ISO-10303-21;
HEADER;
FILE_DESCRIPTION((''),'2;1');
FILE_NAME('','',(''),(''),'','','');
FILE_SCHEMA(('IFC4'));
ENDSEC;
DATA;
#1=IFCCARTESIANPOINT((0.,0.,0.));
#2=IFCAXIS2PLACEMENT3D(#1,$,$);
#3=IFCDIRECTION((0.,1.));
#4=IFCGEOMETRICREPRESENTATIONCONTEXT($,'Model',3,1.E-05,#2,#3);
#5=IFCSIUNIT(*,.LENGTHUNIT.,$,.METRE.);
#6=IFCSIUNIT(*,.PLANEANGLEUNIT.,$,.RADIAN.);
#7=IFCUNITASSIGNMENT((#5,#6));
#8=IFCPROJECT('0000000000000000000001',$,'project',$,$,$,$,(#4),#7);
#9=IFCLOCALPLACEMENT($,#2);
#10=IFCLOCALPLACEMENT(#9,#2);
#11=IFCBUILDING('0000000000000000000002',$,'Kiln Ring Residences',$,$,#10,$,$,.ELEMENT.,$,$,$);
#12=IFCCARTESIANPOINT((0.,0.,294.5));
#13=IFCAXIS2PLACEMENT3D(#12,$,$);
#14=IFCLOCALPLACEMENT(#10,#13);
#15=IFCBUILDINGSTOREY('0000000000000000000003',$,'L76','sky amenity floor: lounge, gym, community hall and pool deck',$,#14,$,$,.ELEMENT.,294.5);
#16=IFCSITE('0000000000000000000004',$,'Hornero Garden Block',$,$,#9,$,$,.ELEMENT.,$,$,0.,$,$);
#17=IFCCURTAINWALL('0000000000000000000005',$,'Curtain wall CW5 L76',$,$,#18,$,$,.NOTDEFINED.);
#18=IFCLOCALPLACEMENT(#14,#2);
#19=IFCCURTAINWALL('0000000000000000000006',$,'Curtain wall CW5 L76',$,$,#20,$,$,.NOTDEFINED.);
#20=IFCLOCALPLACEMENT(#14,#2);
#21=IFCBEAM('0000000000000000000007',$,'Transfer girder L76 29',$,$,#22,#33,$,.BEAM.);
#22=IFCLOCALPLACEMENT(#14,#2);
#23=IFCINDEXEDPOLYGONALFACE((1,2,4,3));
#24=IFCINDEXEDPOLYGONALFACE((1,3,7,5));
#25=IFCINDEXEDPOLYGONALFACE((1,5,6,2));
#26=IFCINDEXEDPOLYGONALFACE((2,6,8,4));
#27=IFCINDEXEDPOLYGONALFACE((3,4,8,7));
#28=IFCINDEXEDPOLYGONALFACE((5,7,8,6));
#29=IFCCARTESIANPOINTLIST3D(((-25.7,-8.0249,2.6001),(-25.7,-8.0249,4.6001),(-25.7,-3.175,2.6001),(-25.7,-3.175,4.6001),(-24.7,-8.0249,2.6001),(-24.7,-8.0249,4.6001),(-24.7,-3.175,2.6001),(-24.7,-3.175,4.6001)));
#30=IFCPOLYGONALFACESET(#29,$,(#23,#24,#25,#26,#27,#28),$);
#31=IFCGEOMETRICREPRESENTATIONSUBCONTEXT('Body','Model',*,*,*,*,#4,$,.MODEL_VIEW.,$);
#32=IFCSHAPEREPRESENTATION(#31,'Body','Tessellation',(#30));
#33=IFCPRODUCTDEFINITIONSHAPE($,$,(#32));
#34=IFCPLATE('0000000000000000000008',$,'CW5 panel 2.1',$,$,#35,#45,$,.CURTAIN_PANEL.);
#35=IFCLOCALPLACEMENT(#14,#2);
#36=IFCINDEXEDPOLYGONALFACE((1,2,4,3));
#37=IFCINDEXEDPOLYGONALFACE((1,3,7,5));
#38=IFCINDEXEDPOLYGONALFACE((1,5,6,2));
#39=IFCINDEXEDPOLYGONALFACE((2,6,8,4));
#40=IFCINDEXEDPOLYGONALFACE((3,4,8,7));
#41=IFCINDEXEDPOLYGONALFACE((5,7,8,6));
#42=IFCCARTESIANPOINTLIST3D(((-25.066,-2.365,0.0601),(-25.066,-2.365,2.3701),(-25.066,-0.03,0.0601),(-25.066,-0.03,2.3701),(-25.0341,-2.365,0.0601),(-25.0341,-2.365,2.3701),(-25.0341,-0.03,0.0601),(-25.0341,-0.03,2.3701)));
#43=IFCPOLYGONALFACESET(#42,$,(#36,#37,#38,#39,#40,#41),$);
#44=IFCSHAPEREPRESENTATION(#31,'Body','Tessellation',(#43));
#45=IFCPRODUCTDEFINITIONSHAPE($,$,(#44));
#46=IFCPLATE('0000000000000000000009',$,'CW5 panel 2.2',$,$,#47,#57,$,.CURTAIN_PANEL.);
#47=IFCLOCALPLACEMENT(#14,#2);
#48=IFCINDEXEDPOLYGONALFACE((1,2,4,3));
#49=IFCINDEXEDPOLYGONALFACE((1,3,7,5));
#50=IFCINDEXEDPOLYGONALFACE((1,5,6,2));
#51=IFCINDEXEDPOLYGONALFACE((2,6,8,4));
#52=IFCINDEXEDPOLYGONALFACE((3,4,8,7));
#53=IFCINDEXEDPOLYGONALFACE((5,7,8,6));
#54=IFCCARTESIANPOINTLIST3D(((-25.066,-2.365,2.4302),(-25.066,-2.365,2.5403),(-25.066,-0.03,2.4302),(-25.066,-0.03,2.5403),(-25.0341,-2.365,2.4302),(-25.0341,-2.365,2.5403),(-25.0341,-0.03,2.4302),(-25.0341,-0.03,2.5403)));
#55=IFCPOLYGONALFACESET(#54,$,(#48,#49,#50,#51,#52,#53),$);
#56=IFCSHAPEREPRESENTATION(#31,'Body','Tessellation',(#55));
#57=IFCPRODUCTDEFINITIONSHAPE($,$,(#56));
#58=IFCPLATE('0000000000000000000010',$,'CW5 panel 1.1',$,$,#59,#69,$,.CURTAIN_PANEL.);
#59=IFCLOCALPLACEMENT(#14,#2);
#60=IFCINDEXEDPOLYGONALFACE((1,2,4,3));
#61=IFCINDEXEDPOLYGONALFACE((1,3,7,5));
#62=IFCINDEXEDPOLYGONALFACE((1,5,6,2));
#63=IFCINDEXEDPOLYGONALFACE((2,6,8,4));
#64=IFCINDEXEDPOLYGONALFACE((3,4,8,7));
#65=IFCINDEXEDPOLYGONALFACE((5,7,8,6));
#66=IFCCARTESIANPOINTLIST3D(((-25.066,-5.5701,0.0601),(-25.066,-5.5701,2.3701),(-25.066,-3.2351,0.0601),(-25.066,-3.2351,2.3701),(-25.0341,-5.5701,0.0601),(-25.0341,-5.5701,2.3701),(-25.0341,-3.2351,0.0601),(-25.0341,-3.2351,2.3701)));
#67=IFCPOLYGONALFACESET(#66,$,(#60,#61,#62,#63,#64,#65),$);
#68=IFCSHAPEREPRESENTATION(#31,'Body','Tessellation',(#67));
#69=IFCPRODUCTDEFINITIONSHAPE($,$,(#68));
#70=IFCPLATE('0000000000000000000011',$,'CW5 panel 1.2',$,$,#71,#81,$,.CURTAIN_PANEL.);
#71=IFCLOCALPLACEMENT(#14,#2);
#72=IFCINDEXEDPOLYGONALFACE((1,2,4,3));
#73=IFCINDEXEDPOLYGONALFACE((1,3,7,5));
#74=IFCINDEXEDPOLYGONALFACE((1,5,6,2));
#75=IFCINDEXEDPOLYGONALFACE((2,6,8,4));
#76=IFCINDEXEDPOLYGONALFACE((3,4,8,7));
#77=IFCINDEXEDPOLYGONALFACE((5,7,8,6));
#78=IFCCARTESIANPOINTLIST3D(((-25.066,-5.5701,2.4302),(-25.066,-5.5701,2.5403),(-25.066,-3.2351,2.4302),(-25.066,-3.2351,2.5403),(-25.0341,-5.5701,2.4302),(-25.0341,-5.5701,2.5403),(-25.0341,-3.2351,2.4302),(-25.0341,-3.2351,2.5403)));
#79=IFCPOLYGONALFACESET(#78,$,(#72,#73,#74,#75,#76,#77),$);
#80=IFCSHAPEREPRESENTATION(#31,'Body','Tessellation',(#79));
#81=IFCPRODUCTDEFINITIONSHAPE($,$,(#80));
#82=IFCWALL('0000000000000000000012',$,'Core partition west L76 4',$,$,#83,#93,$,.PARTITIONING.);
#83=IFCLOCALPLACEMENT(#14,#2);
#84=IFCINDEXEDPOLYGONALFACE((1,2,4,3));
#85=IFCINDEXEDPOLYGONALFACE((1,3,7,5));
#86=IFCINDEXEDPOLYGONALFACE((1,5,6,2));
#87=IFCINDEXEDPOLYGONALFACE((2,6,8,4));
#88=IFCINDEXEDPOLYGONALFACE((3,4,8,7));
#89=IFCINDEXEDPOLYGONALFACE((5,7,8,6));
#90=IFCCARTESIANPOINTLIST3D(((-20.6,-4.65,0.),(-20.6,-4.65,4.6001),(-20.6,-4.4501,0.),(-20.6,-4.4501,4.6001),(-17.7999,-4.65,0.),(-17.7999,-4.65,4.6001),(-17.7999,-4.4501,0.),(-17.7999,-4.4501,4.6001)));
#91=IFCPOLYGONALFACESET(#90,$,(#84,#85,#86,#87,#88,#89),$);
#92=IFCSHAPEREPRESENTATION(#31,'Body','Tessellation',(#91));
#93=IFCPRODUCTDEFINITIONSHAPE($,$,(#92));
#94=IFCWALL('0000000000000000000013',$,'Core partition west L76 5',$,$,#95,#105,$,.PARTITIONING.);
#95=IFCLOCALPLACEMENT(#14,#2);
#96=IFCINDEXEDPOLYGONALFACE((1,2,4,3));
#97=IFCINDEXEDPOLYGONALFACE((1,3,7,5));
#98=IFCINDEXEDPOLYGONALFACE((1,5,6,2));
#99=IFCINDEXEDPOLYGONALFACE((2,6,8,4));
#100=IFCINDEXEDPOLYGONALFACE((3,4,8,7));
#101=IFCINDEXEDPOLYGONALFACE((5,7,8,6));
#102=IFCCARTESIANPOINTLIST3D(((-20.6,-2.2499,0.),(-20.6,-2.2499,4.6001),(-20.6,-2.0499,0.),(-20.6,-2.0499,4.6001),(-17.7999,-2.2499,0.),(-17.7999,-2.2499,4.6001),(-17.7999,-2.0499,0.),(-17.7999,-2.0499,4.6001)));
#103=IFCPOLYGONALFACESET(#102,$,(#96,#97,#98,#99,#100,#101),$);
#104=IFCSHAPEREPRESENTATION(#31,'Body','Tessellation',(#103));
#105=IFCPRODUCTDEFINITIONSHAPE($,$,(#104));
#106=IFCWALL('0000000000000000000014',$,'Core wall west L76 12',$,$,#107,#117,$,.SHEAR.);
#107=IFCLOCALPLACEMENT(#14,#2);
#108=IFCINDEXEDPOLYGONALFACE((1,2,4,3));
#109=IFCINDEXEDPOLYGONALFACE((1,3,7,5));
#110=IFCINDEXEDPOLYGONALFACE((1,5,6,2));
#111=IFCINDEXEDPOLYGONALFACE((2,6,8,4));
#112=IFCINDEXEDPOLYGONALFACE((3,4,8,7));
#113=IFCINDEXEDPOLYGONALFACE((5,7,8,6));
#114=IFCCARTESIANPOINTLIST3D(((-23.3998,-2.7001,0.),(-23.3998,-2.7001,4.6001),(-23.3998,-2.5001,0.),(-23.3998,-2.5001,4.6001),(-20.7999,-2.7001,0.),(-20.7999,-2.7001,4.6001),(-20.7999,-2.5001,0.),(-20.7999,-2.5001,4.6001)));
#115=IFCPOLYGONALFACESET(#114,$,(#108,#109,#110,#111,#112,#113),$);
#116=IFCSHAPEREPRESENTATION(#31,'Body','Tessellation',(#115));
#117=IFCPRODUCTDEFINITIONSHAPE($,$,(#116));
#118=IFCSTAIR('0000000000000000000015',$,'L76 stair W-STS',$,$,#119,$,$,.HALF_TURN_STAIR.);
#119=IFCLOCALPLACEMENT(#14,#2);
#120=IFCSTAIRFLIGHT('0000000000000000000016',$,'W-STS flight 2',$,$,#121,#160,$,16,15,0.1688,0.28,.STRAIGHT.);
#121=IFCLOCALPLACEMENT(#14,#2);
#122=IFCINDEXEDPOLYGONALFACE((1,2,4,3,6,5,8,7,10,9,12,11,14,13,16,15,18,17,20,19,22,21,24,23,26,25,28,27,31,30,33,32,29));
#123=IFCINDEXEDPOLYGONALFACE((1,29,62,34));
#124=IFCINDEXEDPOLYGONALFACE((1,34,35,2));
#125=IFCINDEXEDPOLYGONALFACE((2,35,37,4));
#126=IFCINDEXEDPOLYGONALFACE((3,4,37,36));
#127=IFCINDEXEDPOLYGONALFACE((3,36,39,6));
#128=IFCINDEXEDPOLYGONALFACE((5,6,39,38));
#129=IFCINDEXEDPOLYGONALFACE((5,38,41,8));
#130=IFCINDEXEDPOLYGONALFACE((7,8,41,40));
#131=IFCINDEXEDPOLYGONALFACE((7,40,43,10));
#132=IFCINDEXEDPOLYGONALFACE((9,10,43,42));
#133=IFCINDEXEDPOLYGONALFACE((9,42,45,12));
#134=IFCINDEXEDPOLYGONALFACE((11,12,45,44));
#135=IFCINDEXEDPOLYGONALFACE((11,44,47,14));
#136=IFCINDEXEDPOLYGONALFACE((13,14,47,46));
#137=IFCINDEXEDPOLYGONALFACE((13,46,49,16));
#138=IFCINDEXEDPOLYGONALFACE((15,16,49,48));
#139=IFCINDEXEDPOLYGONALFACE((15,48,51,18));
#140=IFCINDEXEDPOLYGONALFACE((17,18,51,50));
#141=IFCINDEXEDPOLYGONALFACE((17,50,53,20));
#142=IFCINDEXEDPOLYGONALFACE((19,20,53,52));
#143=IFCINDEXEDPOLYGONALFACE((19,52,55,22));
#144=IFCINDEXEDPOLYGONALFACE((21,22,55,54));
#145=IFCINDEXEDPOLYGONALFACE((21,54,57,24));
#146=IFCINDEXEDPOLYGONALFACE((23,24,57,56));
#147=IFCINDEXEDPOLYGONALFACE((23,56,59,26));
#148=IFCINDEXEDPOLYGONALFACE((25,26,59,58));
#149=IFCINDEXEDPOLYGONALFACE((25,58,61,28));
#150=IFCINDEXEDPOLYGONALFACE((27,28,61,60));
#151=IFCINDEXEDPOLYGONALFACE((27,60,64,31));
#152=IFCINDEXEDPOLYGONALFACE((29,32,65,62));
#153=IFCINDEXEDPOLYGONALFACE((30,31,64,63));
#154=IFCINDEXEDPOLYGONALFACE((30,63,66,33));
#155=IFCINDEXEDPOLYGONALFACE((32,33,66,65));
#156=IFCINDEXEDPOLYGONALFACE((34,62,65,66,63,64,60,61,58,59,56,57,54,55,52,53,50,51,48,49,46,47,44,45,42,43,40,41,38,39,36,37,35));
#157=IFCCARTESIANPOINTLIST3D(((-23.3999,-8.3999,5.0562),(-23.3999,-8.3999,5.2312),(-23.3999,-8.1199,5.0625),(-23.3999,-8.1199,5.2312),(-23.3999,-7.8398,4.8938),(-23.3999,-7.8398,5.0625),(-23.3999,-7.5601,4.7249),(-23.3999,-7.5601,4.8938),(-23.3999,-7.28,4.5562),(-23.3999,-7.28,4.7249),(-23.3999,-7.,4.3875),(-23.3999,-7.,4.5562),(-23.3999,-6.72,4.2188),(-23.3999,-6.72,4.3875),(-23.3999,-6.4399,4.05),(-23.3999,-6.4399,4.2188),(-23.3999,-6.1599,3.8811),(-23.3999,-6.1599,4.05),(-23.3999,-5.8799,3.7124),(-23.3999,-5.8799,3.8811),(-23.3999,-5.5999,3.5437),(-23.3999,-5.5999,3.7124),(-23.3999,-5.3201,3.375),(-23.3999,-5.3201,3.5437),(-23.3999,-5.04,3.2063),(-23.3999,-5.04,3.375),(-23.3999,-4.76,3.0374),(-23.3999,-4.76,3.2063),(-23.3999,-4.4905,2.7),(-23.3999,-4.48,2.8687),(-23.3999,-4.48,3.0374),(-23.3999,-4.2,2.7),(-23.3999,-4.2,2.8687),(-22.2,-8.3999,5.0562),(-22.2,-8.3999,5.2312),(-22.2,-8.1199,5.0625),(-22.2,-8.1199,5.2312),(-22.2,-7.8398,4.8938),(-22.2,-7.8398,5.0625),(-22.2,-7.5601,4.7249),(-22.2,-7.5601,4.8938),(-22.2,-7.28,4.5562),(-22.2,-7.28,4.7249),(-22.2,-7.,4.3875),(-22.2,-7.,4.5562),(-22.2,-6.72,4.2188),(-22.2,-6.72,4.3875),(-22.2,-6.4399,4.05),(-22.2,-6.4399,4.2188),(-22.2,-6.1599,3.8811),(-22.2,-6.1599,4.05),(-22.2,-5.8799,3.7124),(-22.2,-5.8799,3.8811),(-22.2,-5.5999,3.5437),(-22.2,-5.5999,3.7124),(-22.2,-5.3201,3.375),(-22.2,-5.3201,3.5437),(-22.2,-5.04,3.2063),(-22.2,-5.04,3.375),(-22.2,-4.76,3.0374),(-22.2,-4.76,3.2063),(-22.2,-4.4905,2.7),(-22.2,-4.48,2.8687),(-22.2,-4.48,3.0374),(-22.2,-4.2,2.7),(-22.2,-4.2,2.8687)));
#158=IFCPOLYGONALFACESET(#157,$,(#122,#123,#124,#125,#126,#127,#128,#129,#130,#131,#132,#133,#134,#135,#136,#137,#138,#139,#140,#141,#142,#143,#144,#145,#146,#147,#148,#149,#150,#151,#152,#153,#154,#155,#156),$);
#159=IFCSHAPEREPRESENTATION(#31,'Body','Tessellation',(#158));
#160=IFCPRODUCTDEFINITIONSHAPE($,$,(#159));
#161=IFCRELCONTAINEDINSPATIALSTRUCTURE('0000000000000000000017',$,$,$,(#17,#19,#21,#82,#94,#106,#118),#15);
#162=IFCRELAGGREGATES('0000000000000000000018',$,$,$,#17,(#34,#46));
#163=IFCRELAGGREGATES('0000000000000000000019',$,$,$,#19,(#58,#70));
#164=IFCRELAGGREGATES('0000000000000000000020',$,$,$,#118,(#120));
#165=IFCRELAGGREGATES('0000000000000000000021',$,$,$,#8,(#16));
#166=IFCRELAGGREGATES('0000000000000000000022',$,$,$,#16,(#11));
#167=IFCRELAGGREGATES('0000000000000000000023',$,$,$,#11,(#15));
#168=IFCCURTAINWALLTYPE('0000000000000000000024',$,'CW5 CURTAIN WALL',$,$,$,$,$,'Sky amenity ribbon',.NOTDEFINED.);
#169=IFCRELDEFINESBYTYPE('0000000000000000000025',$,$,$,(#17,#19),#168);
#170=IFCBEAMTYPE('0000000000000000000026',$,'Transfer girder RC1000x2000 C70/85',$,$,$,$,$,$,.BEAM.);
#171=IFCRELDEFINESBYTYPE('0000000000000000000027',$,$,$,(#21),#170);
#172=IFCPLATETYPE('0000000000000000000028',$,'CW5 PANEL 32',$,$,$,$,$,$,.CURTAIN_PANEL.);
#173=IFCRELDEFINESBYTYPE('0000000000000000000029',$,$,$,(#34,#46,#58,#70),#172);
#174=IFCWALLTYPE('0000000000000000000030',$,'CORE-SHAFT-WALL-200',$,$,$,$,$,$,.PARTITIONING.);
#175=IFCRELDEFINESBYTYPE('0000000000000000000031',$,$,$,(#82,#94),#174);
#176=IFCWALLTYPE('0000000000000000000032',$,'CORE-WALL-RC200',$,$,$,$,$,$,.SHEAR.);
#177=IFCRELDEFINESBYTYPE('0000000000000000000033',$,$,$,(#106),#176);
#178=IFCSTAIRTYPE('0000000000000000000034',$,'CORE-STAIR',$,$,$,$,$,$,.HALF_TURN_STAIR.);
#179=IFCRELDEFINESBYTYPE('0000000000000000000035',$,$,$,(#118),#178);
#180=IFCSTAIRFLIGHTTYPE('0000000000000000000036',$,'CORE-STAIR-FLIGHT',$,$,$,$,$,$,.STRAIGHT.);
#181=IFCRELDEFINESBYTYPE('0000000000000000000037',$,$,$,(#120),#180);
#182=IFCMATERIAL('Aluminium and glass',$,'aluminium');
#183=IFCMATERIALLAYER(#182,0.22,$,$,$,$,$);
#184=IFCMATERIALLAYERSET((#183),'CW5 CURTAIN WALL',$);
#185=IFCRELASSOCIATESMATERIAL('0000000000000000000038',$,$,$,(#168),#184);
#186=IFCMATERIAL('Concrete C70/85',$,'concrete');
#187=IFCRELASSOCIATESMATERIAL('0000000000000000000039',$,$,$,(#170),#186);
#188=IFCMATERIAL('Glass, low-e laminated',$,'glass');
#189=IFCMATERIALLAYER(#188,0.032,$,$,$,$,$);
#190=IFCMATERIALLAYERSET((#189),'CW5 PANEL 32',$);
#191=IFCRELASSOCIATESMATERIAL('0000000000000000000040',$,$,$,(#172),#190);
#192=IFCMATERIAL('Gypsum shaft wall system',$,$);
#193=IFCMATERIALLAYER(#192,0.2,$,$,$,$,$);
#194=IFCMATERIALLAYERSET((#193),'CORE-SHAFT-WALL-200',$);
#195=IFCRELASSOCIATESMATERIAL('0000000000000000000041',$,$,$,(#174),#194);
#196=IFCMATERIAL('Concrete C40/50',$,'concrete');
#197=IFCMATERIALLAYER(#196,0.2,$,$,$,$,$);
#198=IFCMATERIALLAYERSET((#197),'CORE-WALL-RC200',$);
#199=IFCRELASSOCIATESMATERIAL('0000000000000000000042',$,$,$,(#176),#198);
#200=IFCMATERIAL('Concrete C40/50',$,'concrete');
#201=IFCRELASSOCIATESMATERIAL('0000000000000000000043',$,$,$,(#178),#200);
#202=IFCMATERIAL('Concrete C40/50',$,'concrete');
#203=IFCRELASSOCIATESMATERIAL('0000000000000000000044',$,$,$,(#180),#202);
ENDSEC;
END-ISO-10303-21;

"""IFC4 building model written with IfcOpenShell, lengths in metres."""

from ifc_helpers import new_model, si_unit, direction, frame, frame_2d, origin, origin_2d, place, context, subcontext, project, spatial, polyline, rectangle, outline, extrude, material, layer, layer_set, material_profile, profile_set, type_object, element, aggregate, save


model = new_model("IFC4")

# Units and contexts
model_context = context("Model", 3, precision=1e-05, world=origin(), true_north=direction((0.0, 1.0)))
body_context = subcontext(model_context, "Body", "Model", "MODEL_VIEW")
ifc_project = project(units=[si_unit("LENGTHUNIT", "METRE"), si_unit("PLANEANGLEUNIT", "RADIAN")], contexts=[model_context])

# Site, building, storey
site_placement = place(None, origin())
site = spatial("IfcSite", under=ifc_project, at=site_placement, Name="Hornero Garden Block", CompositionType="ELEMENT", RefElevation=0.0)
building_placement = place(site_placement, origin())
building = spatial("IfcBuilding", under=site, at=building_placement, Name="Kiln Ring Residences", CompositionType="ELEMENT")
storey_placement = place(building_placement, frame((0.0, 0.0, 294.5)))
storey = spatial("IfcBuildingStorey", under=building, at=storey_placement, Name="L76", Description="sky amenity floor: lounge, gym, community hall and pool deck", CompositionType="ELEMENT", Elevation=294.5)

# Curtain walls
ifc_material_1 = material(Name="Aluminium and glass", Category="aluminium")
ifc_layer_1 = layer(ifc_material_1, 0.22)
ifc_layer_set_1 = layer_set([ifc_layer_1], Name="CW5 CURTAIN WALL")
curtain_wall_type = type_object("IfcCurtainWallType", Name="CW5 CURTAIN WALL", ElementType="Sky amenity ribbon", PredefinedType="NOTDEFINED", material=ifc_layer_set_1)
placement = place(storey_placement, origin())
curtain_wall_1 = element("IfcCurtainWall", 1, at=placement, inside=storey, type_object=curtain_wall_type, Name="Curtain wall CW5 L76", PredefinedType="NOTDEFINED")
curtain_wall_2 = element("IfcCurtainWall", 2, at=placement, inside=storey, type_object=curtain_wall_type, Name="Curtain wall CW5 L76", PredefinedType="NOTDEFINED")

# Beam
ifc_material_2 = material(Name="Concrete C70/85", Category="concrete")
ifc_material_profile_1 = material_profile(ifc_material_2, rectangle(XDim=1.0, YDim=2.0, at=origin_2d()), Name="RC1000x2000")
ifc_profile_set_1 = profile_set([ifc_material_profile_1], Name="Concrete C70/85")
beam_type = type_object("IfcBeamType", Name="Transfer girder RC1000x2000 C70/85", PredefinedType="BEAM", material=ifc_profile_set_1)
beam_placement = place(storey_placement, frame((-25.2, -3.175, 3.6001), z_axis=(0.0, -1.0, 0.0), x_axis=(1.0, 0.0, 0.0)))
element("IfcBeam", 3, at=beam_placement, inside=storey, type_object=beam_type, Name="Transfer girder L76 29", PredefinedType="BEAM", context=body_context, shape_type="SweptSolid", body=[
    extrude(rectangle(XDim=1.0, YDim=2.0, at=origin_2d()), origin(), (0.0, 0.0, 1.0), 4.8499),
])

# Plates
ifc_material_3 = material(Name="Glass, low-e laminated", Category="glass")
ifc_layer_2 = layer(ifc_material_3, 0.032)
ifc_layer_set_2 = layer_set([ifc_layer_2], Name="CW5 PANEL 32")
plate_type = type_object("IfcPlateType", Name="CW5 PANEL 32", PredefinedType="CURTAIN_PANEL", material=ifc_layer_set_2)
plate_1_placement = place(storey_placement, frame((-25.05, -1.1975, 0.0601), z_axis=(0.0, 0.0, 1.0), x_axis=(0.0, -1.0, 0.0)))
plate_1 = element("IfcPlate", 4, at=plate_1_placement, type_object=plate_type, Name="CW5 panel 2.1", PredefinedType="CURTAIN_PANEL", context=body_context, shape_type="SweptSolid", body=[
    extrude(rectangle(XDim=2.335, YDim=0.032, at=origin_2d()), origin(), (0.0, 0.0, 1.0), 2.3101),
])
plate_2_placement = place(storey_placement, frame((-25.05, -1.1975, 2.4302), z_axis=(0.0, 0.0, 1.0), x_axis=(0.0, -1.0, 0.0)))
plate_2 = element("IfcPlate", 5, at=plate_2_placement, type_object=plate_type, Name="CW5 panel 2.2", PredefinedType="CURTAIN_PANEL", context=body_context, shape_type="SweptSolid", body=[
    extrude(rectangle(XDim=2.335, YDim=0.032, at=origin_2d()), origin(), (0.0, 0.0, 1.0), 0.1101),
])
aggregate(curtain_wall_1, [plate_1, plate_2])
plate_3_placement = place(storey_placement, frame((-25.05, -4.4026, 0.0601), z_axis=(0.0, 0.0, 1.0), x_axis=(0.0, -1.0, 0.0)))
plate_3 = element("IfcPlate", 6, at=plate_3_placement, type_object=plate_type, Name="CW5 panel 1.1", PredefinedType="CURTAIN_PANEL", context=body_context, shape_type="SweptSolid", body=[
    extrude(rectangle(XDim=2.335, YDim=0.032, at=origin_2d()), origin(), (0.0, 0.0, 1.0), 2.3101),
])
plate_4_placement = place(storey_placement, frame((-25.05, -4.4026, 2.4302), z_axis=(0.0, 0.0, 1.0), x_axis=(0.0, -1.0, 0.0)))
plate_4 = element("IfcPlate", 7, at=plate_4_placement, type_object=plate_type, Name="CW5 panel 1.2", PredefinedType="CURTAIN_PANEL", context=body_context, shape_type="SweptSolid", body=[
    extrude(rectangle(XDim=2.335, YDim=0.032, at=origin_2d()), origin(), (0.0, 0.0, 1.0), 0.1101),
])
aggregate(curtain_wall_2, [plate_3, plate_4])

# Walls
ifc_material_4 = material(Name="Gypsum shaft wall system")
ifc_layer_3 = layer(ifc_material_4, 0.2)
ifc_layer_set_3 = layer_set([ifc_layer_3], Name="CORE-SHAFT-WALL-200")
wall_type_1 = type_object("IfcWallType", Name="CORE-SHAFT-WALL-200", PredefinedType="PARTITIONING", material=ifc_layer_set_3)
for number, where, z_axis, x_axis, name in (
    (8, (-17.8, -4.55, 0.0), (0.0, 0.0, 1.0), (-1.0, 0.0, 0.0), "Core partition west L76 4"),
    (9, (-17.8, -2.1499, 0.0), (0.0, 0.0, 1.0), (-1.0, 0.0, 0.0), "Core partition west L76 5"),
):
    element("IfcWall", number, at=place(storey_placement, frame(where, z_axis=z_axis, x_axis=x_axis)), inside=storey, type_object=wall_type_1, Name=name, PredefinedType="PARTITIONING", context=body_context, shape_type="SweptSolid", body=[
        extrude(rectangle(XDim=2.8, YDim=0.2, at=frame_2d((1.3999, 0.0))), origin(), (0.0, 0.0, 1.0), 4.6001),
    ])
ifc_material_5 = material(Name="Concrete C40/50", Category="concrete")
ifc_layer_4 = layer(ifc_material_5, 0.2)
ifc_layer_set_4 = layer_set([ifc_layer_4], Name="CORE-WALL-RC200")
wall_type_2 = type_object("IfcWallType", Name="CORE-WALL-RC200", PredefinedType="SHEAR", material=ifc_layer_set_4)
wall_placement = place(storey_placement, frame((-20.8, -2.6001, 0.0), z_axis=(0.0, 0.0, 1.0), x_axis=(-1.0, 0.0, 0.0)))
element("IfcWall", 10, at=wall_placement, inside=storey, type_object=wall_type_2, Name="Core wall west L76 12", PredefinedType="SHEAR", context=body_context, shape_type="SweptSolid", body=[
    extrude(rectangle(XDim=2.5999, YDim=0.2, at=frame_2d((1.2998, 0.0))), origin(), (0.0, 0.0, 1.0), 4.6001),
])

# Stair, stair flight
ifc_material_6 = material(Name="Concrete C40/50", Category="concrete")
stair_type = type_object("IfcStairType", Name="CORE-STAIR", PredefinedType="HALF_TURN_STAIR", material=ifc_material_6)
stair = element("IfcStair", 11, at=placement, inside=storey, type_object=stair_type, Name="L76 stair W-STS", PredefinedType="HALF_TURN_STAIR")
ifc_material_7 = material(Name="Concrete C40/50", Category="concrete")
stair_flight_type = type_object("IfcStairFlightType", Name="CORE-STAIR-FLIGHT", PredefinedType="STRAIGHT", material=ifc_material_7)
stair_flight_placement = place(storey_placement, frame((-22.8, -4.2, 2.7), z_axis=(0.0, 0.0, 1.0), x_axis=(0.0, -1.0, 0.0)))
stair_flight = element("IfcStairFlight", 12, at=stair_flight_placement, type_object=stair_flight_type, Name="W-STS flight 2", NumberOfRisers=16, NumberOfTreads=15, PredefinedType="STRAIGHT", RiserHeight=0.1688, TreadLength=0.28, context=body_context, shape_type="SweptSolid", body=[
    extrude(outline(polyline([(0.0, 0.0), (0.0, 0.1687), (0.28, 0.1687), (0.28, 0.3374), (0.5601, 0.3374), (0.5601, 0.5063), (0.8401, 0.5063), (0.8401, 0.675), (1.1201, 0.675), (1.1201, 0.8438), (1.3999, 0.8438), (1.3999, 1.0125), (1.6799, 1.0125), (1.6799, 1.1812), (1.96, 1.1812), (1.96, 1.3501), (2.24, 1.3501), (2.24, 1.5188), (2.52, 1.5188), (2.52, 1.6875), (2.8, 1.6875), (2.8, 1.8562), (3.0801, 1.8562), (3.0801, 2.0249), (3.3601, 2.0249), (3.3601, 2.1938), (3.6399, 2.1938), (3.6399, 2.3625), (3.9199, 2.3625), (3.9199, 2.5312), (4.2, 2.5312), (4.2, 2.7), (4.2, 2.3562), (0.2905, 0.0), (0.0, 0.0)])), frame((0.0, 0.6001, 0.0), z_axis=(0.0, -1.0, 0.0), x_axis=(1.0, 0.0, 0.0)), (0.0, 0.0, 1.0), 1.2),
])
aggregate(stair, [stair_flight])

save(model, "model.ifc")
